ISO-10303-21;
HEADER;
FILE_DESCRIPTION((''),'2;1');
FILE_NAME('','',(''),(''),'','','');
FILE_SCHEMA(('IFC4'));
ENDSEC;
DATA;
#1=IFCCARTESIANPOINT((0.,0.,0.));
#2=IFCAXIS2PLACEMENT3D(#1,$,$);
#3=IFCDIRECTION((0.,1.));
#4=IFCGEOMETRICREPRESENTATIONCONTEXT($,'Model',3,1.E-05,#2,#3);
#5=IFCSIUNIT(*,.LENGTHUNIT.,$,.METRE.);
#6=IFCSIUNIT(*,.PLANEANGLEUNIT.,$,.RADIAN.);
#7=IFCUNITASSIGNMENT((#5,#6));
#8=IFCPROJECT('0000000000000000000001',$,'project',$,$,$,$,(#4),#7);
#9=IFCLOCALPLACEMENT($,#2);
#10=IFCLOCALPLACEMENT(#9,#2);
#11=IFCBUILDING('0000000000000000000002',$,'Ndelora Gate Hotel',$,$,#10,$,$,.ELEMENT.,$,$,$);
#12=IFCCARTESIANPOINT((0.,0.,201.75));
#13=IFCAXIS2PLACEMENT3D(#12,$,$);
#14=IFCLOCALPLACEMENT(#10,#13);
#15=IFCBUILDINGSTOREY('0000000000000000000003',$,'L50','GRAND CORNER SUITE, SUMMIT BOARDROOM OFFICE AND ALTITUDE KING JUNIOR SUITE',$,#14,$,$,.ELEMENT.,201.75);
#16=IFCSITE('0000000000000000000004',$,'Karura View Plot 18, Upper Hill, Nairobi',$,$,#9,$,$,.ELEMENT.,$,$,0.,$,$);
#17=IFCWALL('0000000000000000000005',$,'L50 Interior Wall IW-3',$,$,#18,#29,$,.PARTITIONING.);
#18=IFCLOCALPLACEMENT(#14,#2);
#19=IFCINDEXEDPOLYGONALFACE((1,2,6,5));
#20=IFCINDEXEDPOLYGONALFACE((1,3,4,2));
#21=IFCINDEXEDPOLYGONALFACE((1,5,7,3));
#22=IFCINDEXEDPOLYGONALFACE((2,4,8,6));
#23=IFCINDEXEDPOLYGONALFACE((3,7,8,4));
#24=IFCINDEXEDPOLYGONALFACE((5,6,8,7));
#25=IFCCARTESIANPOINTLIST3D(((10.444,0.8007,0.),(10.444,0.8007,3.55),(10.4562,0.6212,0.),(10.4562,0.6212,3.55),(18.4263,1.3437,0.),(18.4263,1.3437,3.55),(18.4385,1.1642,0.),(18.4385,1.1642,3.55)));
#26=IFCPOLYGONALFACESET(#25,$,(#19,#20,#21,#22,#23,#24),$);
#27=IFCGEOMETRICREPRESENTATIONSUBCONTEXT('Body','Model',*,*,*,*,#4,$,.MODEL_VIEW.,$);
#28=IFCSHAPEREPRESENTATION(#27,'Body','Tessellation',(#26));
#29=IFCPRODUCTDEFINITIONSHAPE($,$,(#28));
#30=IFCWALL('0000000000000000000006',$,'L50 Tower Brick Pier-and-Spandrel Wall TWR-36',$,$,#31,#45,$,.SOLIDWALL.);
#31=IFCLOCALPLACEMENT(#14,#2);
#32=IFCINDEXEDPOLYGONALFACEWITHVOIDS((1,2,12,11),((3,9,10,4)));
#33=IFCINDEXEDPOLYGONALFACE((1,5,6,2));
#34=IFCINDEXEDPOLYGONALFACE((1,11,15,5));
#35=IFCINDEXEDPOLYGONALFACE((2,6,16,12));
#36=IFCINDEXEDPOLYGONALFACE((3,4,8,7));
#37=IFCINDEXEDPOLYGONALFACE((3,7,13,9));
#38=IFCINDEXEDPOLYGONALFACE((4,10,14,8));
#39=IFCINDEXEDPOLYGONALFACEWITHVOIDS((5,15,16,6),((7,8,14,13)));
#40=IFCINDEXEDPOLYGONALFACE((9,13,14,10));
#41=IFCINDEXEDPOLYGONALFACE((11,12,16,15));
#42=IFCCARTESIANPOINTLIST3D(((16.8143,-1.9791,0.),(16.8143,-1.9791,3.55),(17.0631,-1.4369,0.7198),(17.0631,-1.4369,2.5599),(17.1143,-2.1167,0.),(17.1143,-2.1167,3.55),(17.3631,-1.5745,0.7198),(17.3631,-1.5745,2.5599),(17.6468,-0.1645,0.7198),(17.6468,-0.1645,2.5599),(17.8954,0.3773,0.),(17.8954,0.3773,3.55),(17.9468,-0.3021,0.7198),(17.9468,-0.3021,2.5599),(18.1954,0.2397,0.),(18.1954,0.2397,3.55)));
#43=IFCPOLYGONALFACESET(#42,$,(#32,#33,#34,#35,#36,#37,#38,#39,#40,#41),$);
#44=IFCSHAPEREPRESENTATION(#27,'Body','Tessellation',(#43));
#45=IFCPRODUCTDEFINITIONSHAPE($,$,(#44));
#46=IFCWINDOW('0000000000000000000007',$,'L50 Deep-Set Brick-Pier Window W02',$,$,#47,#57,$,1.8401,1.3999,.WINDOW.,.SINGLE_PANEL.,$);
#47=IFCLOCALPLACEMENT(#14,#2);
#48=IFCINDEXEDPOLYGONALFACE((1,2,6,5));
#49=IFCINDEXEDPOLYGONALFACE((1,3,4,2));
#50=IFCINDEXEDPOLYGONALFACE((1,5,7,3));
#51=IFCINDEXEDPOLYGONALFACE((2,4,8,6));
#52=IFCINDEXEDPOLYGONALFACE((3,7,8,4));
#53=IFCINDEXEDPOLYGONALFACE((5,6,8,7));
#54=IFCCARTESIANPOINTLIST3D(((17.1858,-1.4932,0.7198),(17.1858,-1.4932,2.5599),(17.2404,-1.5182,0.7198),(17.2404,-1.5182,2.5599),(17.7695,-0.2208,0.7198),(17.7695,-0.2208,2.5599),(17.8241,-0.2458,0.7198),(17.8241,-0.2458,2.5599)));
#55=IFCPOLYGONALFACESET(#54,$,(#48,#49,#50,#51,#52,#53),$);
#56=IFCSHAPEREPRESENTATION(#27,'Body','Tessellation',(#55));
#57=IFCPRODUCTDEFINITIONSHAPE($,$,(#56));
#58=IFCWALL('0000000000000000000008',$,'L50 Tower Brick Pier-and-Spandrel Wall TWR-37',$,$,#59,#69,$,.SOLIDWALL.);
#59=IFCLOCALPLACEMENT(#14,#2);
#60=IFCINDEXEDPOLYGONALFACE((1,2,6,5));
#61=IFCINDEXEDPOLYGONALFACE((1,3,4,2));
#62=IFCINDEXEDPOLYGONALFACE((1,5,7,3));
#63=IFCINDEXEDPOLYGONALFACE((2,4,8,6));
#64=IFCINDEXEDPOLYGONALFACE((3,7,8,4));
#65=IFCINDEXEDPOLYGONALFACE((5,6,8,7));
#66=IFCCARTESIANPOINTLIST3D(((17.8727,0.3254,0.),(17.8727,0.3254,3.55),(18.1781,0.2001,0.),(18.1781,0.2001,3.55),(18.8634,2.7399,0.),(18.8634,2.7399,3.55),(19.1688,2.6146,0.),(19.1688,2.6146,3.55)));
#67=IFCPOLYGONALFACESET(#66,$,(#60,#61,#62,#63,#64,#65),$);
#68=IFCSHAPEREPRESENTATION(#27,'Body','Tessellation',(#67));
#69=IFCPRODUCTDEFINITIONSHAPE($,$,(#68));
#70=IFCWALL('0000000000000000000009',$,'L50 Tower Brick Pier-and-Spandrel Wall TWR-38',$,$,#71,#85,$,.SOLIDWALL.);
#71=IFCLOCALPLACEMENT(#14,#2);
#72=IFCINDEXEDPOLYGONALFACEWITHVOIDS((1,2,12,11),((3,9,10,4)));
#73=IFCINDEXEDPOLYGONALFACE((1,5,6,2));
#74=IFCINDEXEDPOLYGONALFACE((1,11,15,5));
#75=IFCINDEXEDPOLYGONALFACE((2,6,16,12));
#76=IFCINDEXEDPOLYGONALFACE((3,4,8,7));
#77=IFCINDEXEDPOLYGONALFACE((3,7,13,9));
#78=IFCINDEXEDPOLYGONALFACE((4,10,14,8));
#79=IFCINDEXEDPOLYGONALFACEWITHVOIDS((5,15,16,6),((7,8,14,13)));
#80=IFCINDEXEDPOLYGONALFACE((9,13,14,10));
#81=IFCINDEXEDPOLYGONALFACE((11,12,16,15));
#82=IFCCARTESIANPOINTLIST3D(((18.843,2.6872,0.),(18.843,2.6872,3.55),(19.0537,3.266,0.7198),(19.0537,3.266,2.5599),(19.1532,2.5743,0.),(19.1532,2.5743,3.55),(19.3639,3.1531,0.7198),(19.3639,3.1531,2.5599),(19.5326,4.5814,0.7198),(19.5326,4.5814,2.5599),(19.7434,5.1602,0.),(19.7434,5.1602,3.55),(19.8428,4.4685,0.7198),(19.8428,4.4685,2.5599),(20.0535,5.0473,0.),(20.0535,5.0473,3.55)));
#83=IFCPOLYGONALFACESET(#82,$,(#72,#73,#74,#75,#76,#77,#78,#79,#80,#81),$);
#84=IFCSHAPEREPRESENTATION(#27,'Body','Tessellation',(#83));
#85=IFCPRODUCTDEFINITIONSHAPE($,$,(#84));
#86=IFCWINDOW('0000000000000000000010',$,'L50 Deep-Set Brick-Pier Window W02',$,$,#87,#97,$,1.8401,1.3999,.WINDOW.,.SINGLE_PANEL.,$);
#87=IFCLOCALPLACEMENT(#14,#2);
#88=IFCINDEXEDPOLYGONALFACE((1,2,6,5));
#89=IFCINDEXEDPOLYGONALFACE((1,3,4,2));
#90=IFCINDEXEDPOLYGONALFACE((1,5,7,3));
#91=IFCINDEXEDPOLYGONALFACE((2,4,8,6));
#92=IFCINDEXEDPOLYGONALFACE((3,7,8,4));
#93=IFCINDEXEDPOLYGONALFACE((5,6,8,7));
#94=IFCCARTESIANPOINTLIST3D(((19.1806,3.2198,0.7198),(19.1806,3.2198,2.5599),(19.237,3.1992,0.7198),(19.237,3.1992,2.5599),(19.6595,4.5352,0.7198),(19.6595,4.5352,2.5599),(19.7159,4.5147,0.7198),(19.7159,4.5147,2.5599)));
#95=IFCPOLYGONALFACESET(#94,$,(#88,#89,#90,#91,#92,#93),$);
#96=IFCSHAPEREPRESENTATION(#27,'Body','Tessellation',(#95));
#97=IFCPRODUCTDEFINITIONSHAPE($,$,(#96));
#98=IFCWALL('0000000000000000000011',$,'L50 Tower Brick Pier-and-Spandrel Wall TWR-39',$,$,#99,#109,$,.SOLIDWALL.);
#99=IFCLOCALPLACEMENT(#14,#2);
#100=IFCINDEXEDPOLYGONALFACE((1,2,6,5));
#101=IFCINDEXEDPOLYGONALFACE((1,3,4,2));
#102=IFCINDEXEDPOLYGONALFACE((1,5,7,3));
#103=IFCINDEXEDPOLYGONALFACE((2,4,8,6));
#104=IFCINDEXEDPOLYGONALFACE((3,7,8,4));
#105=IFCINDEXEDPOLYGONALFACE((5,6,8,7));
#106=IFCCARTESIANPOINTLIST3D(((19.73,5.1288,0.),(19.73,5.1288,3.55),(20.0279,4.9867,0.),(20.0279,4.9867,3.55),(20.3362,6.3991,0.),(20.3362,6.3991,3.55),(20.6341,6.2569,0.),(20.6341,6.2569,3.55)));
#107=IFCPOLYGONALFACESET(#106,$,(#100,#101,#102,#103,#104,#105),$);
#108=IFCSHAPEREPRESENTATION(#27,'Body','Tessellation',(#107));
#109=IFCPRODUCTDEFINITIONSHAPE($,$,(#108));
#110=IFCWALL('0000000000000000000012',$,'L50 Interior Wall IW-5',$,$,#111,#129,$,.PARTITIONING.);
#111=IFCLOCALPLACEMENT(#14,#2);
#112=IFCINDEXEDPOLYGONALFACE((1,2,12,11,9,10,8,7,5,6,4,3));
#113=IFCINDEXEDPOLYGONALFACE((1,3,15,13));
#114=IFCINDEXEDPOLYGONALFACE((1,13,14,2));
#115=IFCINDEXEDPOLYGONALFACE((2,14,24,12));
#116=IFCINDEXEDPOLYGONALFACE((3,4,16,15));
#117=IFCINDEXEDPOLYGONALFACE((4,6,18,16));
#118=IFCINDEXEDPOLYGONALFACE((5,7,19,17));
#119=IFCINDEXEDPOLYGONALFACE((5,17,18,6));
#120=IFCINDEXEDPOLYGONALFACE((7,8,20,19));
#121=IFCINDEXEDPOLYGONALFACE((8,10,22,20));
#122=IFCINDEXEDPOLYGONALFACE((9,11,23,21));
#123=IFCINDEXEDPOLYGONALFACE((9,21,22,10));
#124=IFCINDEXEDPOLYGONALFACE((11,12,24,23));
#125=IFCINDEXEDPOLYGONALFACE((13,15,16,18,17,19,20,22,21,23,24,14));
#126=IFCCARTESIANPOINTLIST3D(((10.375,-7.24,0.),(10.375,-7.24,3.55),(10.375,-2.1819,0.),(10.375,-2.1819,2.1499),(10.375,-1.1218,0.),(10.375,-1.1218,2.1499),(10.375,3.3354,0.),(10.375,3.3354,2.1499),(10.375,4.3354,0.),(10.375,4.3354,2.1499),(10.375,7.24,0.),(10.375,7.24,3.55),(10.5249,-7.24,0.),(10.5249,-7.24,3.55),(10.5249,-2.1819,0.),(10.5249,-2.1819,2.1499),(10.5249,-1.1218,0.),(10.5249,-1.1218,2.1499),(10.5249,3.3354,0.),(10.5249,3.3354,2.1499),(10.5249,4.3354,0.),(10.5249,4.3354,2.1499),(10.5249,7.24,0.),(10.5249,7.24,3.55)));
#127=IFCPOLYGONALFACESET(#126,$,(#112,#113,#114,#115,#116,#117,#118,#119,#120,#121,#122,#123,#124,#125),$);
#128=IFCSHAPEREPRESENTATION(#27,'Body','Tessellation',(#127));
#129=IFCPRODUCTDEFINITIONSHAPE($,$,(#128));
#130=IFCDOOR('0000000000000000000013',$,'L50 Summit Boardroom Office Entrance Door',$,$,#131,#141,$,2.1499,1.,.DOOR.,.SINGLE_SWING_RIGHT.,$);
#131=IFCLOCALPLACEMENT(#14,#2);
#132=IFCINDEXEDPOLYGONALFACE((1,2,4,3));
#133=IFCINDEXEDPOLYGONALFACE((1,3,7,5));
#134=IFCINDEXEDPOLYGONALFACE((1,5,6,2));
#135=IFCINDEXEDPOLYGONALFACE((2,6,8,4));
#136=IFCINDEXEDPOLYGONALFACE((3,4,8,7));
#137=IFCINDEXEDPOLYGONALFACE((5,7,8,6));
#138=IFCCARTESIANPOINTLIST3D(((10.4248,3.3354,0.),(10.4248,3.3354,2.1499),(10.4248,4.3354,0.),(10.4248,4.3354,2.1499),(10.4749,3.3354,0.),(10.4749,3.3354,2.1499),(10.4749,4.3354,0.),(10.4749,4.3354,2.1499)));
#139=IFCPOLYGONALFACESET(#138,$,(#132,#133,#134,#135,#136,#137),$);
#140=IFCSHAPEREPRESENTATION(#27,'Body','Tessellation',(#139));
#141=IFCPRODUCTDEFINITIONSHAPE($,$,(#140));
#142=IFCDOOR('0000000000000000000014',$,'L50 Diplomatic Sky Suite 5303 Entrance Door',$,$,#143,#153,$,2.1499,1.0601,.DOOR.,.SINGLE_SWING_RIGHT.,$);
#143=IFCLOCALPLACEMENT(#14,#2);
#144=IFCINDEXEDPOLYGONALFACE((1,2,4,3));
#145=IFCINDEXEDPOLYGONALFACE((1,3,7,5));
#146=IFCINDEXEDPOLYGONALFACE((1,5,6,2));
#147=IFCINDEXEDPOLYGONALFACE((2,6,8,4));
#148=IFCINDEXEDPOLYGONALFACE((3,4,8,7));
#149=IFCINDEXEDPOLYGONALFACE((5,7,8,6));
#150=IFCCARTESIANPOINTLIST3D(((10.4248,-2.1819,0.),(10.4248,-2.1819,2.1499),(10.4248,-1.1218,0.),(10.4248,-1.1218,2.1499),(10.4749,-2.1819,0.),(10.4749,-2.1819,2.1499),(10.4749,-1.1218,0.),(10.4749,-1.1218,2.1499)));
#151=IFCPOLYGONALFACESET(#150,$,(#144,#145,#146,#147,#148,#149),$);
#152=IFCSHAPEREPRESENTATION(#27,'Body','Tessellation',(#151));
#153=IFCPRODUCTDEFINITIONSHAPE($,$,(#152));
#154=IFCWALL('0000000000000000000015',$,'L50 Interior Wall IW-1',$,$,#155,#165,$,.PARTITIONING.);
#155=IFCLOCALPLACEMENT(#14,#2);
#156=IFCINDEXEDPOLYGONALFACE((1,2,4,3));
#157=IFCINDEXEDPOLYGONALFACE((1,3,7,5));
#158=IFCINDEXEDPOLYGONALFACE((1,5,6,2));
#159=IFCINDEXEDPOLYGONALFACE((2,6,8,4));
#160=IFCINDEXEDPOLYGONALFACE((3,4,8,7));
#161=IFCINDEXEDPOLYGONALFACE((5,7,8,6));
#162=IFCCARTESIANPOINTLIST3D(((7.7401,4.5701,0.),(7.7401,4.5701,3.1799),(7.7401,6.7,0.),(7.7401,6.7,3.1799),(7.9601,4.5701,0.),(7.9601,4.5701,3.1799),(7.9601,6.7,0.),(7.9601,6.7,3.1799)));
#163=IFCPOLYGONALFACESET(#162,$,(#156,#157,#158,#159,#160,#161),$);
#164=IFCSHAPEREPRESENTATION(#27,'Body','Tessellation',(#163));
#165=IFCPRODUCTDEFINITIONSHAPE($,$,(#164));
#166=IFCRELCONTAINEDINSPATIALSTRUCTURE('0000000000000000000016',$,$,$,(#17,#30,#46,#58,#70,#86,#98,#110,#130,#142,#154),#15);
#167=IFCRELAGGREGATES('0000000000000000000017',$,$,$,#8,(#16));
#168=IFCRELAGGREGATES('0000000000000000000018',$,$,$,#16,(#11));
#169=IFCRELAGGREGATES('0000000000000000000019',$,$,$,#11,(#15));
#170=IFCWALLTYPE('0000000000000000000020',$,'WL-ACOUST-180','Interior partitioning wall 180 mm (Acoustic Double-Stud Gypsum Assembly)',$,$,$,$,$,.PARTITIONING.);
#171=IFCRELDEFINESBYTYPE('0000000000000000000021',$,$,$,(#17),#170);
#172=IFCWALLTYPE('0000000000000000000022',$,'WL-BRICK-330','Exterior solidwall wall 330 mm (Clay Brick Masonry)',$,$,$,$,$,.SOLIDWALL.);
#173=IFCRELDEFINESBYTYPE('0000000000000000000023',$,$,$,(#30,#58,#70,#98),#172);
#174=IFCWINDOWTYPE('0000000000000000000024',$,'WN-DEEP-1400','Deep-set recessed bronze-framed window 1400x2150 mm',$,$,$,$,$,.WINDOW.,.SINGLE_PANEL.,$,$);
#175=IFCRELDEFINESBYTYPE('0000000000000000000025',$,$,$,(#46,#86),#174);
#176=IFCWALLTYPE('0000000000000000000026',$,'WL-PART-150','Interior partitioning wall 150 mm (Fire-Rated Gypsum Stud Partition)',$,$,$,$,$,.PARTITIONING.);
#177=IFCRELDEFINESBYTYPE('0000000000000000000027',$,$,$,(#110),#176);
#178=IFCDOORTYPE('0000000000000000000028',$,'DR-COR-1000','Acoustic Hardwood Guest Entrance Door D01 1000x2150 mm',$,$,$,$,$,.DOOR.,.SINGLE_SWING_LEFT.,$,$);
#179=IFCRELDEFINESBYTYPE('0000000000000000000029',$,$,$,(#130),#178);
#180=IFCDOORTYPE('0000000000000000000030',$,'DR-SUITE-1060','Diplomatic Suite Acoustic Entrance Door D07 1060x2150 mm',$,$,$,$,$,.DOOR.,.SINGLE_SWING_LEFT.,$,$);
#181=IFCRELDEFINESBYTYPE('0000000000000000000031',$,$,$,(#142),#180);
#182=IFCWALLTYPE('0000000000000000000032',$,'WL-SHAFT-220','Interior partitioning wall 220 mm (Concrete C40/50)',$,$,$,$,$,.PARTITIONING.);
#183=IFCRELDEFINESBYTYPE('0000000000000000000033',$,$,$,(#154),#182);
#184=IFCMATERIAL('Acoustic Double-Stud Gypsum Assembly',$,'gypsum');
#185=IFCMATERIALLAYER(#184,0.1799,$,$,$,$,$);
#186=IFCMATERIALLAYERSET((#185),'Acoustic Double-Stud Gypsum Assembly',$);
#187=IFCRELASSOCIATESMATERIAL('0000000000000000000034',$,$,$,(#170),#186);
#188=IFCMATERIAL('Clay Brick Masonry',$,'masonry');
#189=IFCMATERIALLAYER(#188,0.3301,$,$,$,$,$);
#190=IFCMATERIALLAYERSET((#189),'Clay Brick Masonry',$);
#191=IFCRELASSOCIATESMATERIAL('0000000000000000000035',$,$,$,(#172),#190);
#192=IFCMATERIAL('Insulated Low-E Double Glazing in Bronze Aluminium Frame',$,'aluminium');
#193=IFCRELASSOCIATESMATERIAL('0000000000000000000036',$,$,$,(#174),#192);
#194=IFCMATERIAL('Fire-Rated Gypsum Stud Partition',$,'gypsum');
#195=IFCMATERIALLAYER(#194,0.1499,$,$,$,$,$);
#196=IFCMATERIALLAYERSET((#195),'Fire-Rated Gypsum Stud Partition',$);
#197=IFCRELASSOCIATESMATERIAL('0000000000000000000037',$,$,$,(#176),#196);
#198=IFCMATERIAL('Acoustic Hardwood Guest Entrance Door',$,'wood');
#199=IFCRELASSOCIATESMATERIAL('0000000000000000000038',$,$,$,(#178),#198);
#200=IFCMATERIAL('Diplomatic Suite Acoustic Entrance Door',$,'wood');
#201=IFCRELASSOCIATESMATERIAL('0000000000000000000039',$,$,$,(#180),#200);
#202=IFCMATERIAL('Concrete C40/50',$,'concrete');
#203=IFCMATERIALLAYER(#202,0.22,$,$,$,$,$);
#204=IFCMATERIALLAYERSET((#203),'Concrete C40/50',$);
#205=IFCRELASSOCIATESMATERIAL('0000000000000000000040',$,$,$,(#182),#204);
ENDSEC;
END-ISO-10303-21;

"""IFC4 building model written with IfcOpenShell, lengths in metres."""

from ifc_helpers import new_model, si_unit, direction, frame, frame_2d, origin, place, context, subcontext, project, spatial, rectangle, extrude, material, layer, layer_set, type_object, element, fill, save


model = new_model("IFC4")

# Units and contexts
model_context = context("Model", 3, precision=1e-05, world=origin(), true_north=direction((0.0, 1.0)))
body_context = subcontext(model_context, "Body", "Model", "MODEL_VIEW")
ifc_project = project(units=[si_unit("LENGTHUNIT", "METRE"), si_unit("PLANEANGLEUNIT", "RADIAN")], contexts=[model_context])

# Site, building, storey
site_placement = place(None, origin())
site = spatial("IfcSite", under=ifc_project, at=site_placement, Name="Karura View Plot 18, Upper Hill, Nairobi", CompositionType="ELEMENT", RefElevation=0.0)
building_placement = place(site_placement, origin())
building = spatial("IfcBuilding", under=site, at=building_placement, Name="Ndelora Gate Hotel", CompositionType="ELEMENT")
storey_placement = place(building_placement, frame((0.0, 0.0, 201.75)))
storey = spatial("IfcBuildingStorey", under=building, at=storey_placement, Name="L50", Description="GRAND CORNER SUITE, SUMMIT BOARDROOM OFFICE AND ALTITUDE KING JUNIOR SUITE", CompositionType="ELEMENT", Elevation=201.75)

# Wall
ifc_material_1 = material(Name="Acoustic Double-Stud Gypsum Assembly", Category="gypsum")
ifc_layer_1 = layer(ifc_material_1, 0.1799)
ifc_layer_set_1 = layer_set([ifc_layer_1], Name="Acoustic Double-Stud Gypsum Assembly")
wall_type_1 = type_object("IfcWallType", Name="WL-ACOUST-180", Description="Interior partitioning wall 180 mm (Acoustic Double-Stud Gypsum Assembly)", PredefinedType="PARTITIONING", material=ifc_layer_set_1)
wall_1_placement = place(storey_placement, frame((10.45, 0.7109, 0.0), z_axis=(0.0, 0.0, 1.0), x_axis=(0.997694, 0.067866, 0.0)))
element("IfcWall", 1, at=wall_1_placement, inside=storey, type_object=wall_type_1, Name="L50 Interior Wall IW-3", PredefinedType="PARTITIONING", context=body_context, shape_type="SweptSolid", body=[
    extrude(rectangle(XDim=8.0007, YDim=0.1799, at=frame_2d((4.0005, 0.0))), origin(), (0.0, 0.0, 1.0), 3.55),
])

# Wall, opening, window
ifc_material_2 = material(Name="Clay Brick Masonry", Category="masonry")
ifc_layer_2 = layer(ifc_material_2, 0.3301)
ifc_layer_set_2 = layer_set([ifc_layer_2], Name="Clay Brick Masonry")
wall_type_2 = type_object("IfcWallType", Name="WL-BRICK-330", Description="Exterior solidwall wall 330 mm (Clay Brick Masonry)", PredefinedType="SOLIDWALL", material=ifc_layer_set_2)
wall_2_placement = place(storey_placement, frame((18.0454, 0.3086, 0.0), z_axis=(0.0, 0.0, 1.0), x_axis=(-0.416979, -0.908916, 0.0)))
wall_2 = element("IfcWall", 2, at=wall_2_placement, inside=storey, type_object=wall_type_2, Name="L50 Tower Brick Pier-and-Spandrel Wall TWR-36", PredefinedType="SOLIDWALL", context=body_context, shape_type="SweptSolid", body=[
    extrude(rectangle(XDim=2.5925, YDim=0.3301, at=frame_2d((1.2964, 0.0))), origin(), (0.0, 0.0, 1.0), 3.55),
])
opening_1_placement = place(wall_2_placement, frame((0.5962, 0.0, 0.72)))
opening_1 = element("IfcOpeningElement", 3, at=opening_1_placement, cuts=wall_2, PredefinedType="OPENING", context=body_context, shape_type="SweptSolid", body=[
    extrude(rectangle(XDim=1.3999, YDim=1.8401, at=frame_2d((0.7, 0.9199))), frame((0.0, 0.175, 0.0), z_axis=(0.0, -1.0, 0.0), x_axis=(1.0, 0.0, 0.0)), (0.0, 0.0, 1.0), 0.3501),
])
ifc_material_3 = material(Name="Insulated Low-E Double Glazing in Bronze Aluminium Frame", Category="aluminium")
window_type = type_object("IfcWindowType", Name="WN-DEEP-1400", Description="Deep-set recessed bronze-framed window 1400x2150 mm", PartitioningType="SINGLE_PANEL", PredefinedType="WINDOW", material=ifc_material_3)
window_1_placement = place(opening_1_placement, origin())
window_1 = element("IfcWindow", 4, at=window_1_placement, inside=storey, type_object=window_type, Name="L50 Deep-Set Brick-Pier Window W02", OverallHeight=1.8401, OverallWidth=1.3999, PartitioningType="SINGLE_PANEL", PredefinedType="WINDOW", context=body_context, shape_type="SweptSolid", body=[
    extrude(rectangle(XDim=1.3999, YDim=1.8401, at=frame_2d((0.7, 0.9199))), frame((0.0, 0.03, 0.0), z_axis=(0.0, -1.0, 0.0), x_axis=(1.0, 0.0, 0.0)), (0.0, 0.0, 1.0), 0.0601),
])
fill(opening_1, window_1)

# Wall
wall_3_placement = place(storey_placement, frame((19.0161, 2.6772, 0.0), z_axis=(0.0, 0.0, 1.0), x_axis=(-0.379602, -0.92515, 0.0)))
element("IfcWall", 5, at=wall_3_placement, inside=storey, type_object=wall_type_2, Name="L50 Tower Brick Pier-and-Spandrel Wall TWR-37", PredefinedType="SOLIDWALL", context=body_context, shape_type="SweptSolid", body=[
    extrude(rectangle(XDim=2.6099, YDim=0.3301, at=frame_2d((1.3049, 0.0))), origin(), (0.0, 0.0, 1.0), 3.55),
])

# Wall, opening, window
wall_4_placement = place(storey_placement, frame((19.8984, 5.1038, 0.0), z_axis=(0.0, 0.0, 1.0), x_axis=(-0.342101, -0.939663, 0.0)))
wall_4 = element("IfcWall", 6, at=wall_4_placement, inside=storey, type_object=wall_type_2, Name="L50 Tower Brick Pier-and-Spandrel Wall TWR-38", PredefinedType="SOLIDWALL", context=body_context, shape_type="SweptSolid", body=[
    extrude(rectangle(XDim=2.6318, YDim=0.3301, at=frame_2d((1.3159, 0.0))), origin(), (0.0, 0.0, 1.0), 3.55),
])
opening_2_placement = place(wall_4_placement, frame((0.616, 0.0, 0.72)))
opening_2 = element("IfcOpeningElement", 7, at=opening_2_placement, cuts=wall_4, PredefinedType="OPENING", context=body_context, shape_type="SweptSolid", body=[
    extrude(rectangle(XDim=1.3999, YDim=1.8401, at=frame_2d((0.7, 0.9199))), frame((0.0, 0.175, 0.0), z_axis=(0.0, -1.0, 0.0), x_axis=(1.0, 0.0, 0.0)), (0.0, 0.0, 1.0), 0.3501),
])
window_2_placement = place(opening_2_placement, origin())
window_2 = element("IfcWindow", 8, at=window_2_placement, inside=storey, type_object=window_type, Name="L50 Deep-Set Brick-Pier Window W02", OverallHeight=1.8401, OverallWidth=1.3999, PartitioningType="SINGLE_PANEL", PredefinedType="WINDOW", context=body_context, shape_type="SweptSolid", body=[
    extrude(rectangle(XDim=1.3999, YDim=1.8401, at=frame_2d((0.7, 0.9199))), frame((0.0, 0.03, 0.0), z_axis=(0.0, -1.0, 0.0), x_axis=(1.0, 0.0, 0.0)), (0.0, 0.0, 1.0), 0.0601),
])
fill(opening_2, window_2)

# Wall
wall_5_placement = place(storey_placement, frame((20.4851, 6.3279, 0.0), z_axis=(0.0, 0.0, 1.0), x_axis=(-0.430694, -0.902498, 0.0)))
element("IfcWall", 9, at=wall_5_placement, inside=storey, type_object=wall_type_2, Name="L50 Tower Brick Pier-and-Spandrel Wall TWR-39", PredefinedType="SOLIDWALL", context=body_context, shape_type="SweptSolid", body=[
    extrude(rectangle(XDim=1.4075, YDim=0.3301, at=frame_2d((0.7036, 0.0))), origin(), (0.0, 0.0, 1.0), 3.55),
])

# Shared definitions
ifc_material_4 = material(Name="Concrete C40/50", Category="concrete")

# Wall, openings, doors
ifc_material_5 = material(Name="Fire-Rated Gypsum Stud Partition", Category="gypsum")
ifc_layer_3 = layer(ifc_material_5, 0.1499)
ifc_layer_set_3 = layer_set([ifc_layer_3], Name="Fire-Rated Gypsum Stud Partition")
wall_type_3 = type_object("IfcWallType", Name="WL-PART-150", Description="Interior partitioning wall 150 mm (Fire-Rated Gypsum Stud Partition)", PredefinedType="PARTITIONING", material=ifc_layer_set_3)
wall_6_placement = place(storey_placement, frame((10.45, 7.24, 0.0), z_axis=(0.0, 0.0, 1.0), x_axis=(0.0, -1.0, 0.0)))
wall_6 = element("IfcWall", 10, at=wall_6_placement, inside=storey, type_object=wall_type_3, Name="L50 Interior Wall IW-5", PredefinedType="PARTITIONING", context=body_context, shape_type="SweptSolid", body=[
    extrude(rectangle(XDim=14.48, YDim=0.1499, at=frame_2d((7.24, 0.0))), origin(), (0.0, 0.0, 1.0), 3.55),
])
opening_3_placement = place(wall_6_placement, frame((8.3618, 0.0, 0.0)))
opening_3 = element("IfcOpeningElement", 11, at=opening_3_placement, cuts=wall_6, PredefinedType="OPENING", context=body_context, shape_type="SweptSolid", body=[
    extrude(rectangle(XDim=1.0601, YDim=2.1499, at=frame_2d((0.53, 1.075))), frame((0.0, 0.085, 0.0), z_axis=(0.0, -1.0, 0.0), x_axis=(1.0, 0.0, 0.0)), (0.0, 0.0, 1.0), 0.1699),
])
opening_4_placement = place(wall_6_placement, frame((2.9045, 0.0, 0.0)))
opening_4 = element("IfcOpeningElement", 12, at=opening_4_placement, cuts=wall_6, PredefinedType="OPENING", context=body_context, shape_type="SweptSolid", body=[
    extrude(rectangle(XDim=1.0, YDim=2.1499, at=frame_2d((0.5, 1.075))), frame((0.0, 0.085, 0.0), z_axis=(0.0, -1.0, 0.0), x_axis=(1.0, 0.0, 0.0)), (0.0, 0.0, 1.0), 0.1699),
])
ifc_material_6 = material(Name="Acoustic Hardwood Guest Entrance Door", Category="wood")
door_type_1 = type_object("IfcDoorType", Name="DR-COR-1000", Description="Acoustic Hardwood Guest Entrance Door D01 1000x2150 mm", OperationType="SINGLE_SWING_LEFT", PredefinedType="DOOR", material=ifc_material_6)
door_1_placement = place(opening_4_placement, origin())
door_1 = element("IfcDoor", 13, at=door_1_placement, inside=storey, type_object=door_type_1, Name="L50 Summit Boardroom Office Entrance Door", OperationType="SINGLE_SWING_RIGHT", OverallHeight=2.1499, OverallWidth=1.0, PredefinedType="DOOR", context=body_context, shape_type="SweptSolid", body=[
    extrude(rectangle(XDim=1.0, YDim=2.1499, at=frame_2d((0.5, 1.075))), frame((0.0, 0.0249, 0.0), z_axis=(0.0, -1.0, 0.0), x_axis=(1.0, 0.0, 0.0)), (0.0, 0.0, 1.0), 0.05),
])
fill(opening_4, door_1)
ifc_material_7 = material(Name="Diplomatic Suite Acoustic Entrance Door", Category="wood")
door_type_2 = type_object("IfcDoorType", Name="DR-SUITE-1060", Description="Diplomatic Suite Acoustic Entrance Door D07 1060x2150 mm", OperationType="SINGLE_SWING_LEFT", PredefinedType="DOOR", material=ifc_material_7)
door_2_placement = place(opening_3_placement, origin())
door_2 = element("IfcDoor", 14, at=door_2_placement, inside=storey, type_object=door_type_2, Name="L50 Diplomatic Sky Suite 5303 Entrance Door", OperationType="SINGLE_SWING_RIGHT", OverallHeight=2.1499, OverallWidth=1.0601, PredefinedType="DOOR", context=body_context, shape_type="SweptSolid", body=[
    extrude(rectangle(XDim=1.0601, YDim=2.1499, at=frame_2d((0.53, 1.075))), frame((0.0, 0.0249, 0.0), z_axis=(0.0, -1.0, 0.0), x_axis=(1.0, 0.0, 0.0)), (0.0, 0.0, 1.0), 0.05),
])
fill(opening_3, door_2)

# Wall
ifc_layer_4 = layer(ifc_material_4, 0.22)
ifc_layer_set_4 = layer_set([ifc_layer_4], Name="Concrete C40/50")
wall_type_4 = type_object("IfcWallType", Name="WL-SHAFT-220", Description="Interior partitioning wall 220 mm (Concrete C40/50)", PredefinedType="PARTITIONING", material=ifc_layer_set_4)
wall_7_placement = place(storey_placement, frame((7.8501, 4.5701, 0.0), z_axis=(0.0, 0.0, 1.0), x_axis=(0.0, 1.0, 0.0)))
element("IfcWall", 15, at=wall_7_placement, inside=storey, type_object=wall_type_4, Name="L50 Interior Wall IW-1", PredefinedType="PARTITIONING", context=body_context, shape_type="SweptSolid", body=[
    extrude(rectangle(XDim=2.1299, YDim=0.22, at=frame_2d((1.0649, 0.0))), origin(), (0.0, 0.0, 1.0), 3.1799),
])

save(model, "model.ifc")
